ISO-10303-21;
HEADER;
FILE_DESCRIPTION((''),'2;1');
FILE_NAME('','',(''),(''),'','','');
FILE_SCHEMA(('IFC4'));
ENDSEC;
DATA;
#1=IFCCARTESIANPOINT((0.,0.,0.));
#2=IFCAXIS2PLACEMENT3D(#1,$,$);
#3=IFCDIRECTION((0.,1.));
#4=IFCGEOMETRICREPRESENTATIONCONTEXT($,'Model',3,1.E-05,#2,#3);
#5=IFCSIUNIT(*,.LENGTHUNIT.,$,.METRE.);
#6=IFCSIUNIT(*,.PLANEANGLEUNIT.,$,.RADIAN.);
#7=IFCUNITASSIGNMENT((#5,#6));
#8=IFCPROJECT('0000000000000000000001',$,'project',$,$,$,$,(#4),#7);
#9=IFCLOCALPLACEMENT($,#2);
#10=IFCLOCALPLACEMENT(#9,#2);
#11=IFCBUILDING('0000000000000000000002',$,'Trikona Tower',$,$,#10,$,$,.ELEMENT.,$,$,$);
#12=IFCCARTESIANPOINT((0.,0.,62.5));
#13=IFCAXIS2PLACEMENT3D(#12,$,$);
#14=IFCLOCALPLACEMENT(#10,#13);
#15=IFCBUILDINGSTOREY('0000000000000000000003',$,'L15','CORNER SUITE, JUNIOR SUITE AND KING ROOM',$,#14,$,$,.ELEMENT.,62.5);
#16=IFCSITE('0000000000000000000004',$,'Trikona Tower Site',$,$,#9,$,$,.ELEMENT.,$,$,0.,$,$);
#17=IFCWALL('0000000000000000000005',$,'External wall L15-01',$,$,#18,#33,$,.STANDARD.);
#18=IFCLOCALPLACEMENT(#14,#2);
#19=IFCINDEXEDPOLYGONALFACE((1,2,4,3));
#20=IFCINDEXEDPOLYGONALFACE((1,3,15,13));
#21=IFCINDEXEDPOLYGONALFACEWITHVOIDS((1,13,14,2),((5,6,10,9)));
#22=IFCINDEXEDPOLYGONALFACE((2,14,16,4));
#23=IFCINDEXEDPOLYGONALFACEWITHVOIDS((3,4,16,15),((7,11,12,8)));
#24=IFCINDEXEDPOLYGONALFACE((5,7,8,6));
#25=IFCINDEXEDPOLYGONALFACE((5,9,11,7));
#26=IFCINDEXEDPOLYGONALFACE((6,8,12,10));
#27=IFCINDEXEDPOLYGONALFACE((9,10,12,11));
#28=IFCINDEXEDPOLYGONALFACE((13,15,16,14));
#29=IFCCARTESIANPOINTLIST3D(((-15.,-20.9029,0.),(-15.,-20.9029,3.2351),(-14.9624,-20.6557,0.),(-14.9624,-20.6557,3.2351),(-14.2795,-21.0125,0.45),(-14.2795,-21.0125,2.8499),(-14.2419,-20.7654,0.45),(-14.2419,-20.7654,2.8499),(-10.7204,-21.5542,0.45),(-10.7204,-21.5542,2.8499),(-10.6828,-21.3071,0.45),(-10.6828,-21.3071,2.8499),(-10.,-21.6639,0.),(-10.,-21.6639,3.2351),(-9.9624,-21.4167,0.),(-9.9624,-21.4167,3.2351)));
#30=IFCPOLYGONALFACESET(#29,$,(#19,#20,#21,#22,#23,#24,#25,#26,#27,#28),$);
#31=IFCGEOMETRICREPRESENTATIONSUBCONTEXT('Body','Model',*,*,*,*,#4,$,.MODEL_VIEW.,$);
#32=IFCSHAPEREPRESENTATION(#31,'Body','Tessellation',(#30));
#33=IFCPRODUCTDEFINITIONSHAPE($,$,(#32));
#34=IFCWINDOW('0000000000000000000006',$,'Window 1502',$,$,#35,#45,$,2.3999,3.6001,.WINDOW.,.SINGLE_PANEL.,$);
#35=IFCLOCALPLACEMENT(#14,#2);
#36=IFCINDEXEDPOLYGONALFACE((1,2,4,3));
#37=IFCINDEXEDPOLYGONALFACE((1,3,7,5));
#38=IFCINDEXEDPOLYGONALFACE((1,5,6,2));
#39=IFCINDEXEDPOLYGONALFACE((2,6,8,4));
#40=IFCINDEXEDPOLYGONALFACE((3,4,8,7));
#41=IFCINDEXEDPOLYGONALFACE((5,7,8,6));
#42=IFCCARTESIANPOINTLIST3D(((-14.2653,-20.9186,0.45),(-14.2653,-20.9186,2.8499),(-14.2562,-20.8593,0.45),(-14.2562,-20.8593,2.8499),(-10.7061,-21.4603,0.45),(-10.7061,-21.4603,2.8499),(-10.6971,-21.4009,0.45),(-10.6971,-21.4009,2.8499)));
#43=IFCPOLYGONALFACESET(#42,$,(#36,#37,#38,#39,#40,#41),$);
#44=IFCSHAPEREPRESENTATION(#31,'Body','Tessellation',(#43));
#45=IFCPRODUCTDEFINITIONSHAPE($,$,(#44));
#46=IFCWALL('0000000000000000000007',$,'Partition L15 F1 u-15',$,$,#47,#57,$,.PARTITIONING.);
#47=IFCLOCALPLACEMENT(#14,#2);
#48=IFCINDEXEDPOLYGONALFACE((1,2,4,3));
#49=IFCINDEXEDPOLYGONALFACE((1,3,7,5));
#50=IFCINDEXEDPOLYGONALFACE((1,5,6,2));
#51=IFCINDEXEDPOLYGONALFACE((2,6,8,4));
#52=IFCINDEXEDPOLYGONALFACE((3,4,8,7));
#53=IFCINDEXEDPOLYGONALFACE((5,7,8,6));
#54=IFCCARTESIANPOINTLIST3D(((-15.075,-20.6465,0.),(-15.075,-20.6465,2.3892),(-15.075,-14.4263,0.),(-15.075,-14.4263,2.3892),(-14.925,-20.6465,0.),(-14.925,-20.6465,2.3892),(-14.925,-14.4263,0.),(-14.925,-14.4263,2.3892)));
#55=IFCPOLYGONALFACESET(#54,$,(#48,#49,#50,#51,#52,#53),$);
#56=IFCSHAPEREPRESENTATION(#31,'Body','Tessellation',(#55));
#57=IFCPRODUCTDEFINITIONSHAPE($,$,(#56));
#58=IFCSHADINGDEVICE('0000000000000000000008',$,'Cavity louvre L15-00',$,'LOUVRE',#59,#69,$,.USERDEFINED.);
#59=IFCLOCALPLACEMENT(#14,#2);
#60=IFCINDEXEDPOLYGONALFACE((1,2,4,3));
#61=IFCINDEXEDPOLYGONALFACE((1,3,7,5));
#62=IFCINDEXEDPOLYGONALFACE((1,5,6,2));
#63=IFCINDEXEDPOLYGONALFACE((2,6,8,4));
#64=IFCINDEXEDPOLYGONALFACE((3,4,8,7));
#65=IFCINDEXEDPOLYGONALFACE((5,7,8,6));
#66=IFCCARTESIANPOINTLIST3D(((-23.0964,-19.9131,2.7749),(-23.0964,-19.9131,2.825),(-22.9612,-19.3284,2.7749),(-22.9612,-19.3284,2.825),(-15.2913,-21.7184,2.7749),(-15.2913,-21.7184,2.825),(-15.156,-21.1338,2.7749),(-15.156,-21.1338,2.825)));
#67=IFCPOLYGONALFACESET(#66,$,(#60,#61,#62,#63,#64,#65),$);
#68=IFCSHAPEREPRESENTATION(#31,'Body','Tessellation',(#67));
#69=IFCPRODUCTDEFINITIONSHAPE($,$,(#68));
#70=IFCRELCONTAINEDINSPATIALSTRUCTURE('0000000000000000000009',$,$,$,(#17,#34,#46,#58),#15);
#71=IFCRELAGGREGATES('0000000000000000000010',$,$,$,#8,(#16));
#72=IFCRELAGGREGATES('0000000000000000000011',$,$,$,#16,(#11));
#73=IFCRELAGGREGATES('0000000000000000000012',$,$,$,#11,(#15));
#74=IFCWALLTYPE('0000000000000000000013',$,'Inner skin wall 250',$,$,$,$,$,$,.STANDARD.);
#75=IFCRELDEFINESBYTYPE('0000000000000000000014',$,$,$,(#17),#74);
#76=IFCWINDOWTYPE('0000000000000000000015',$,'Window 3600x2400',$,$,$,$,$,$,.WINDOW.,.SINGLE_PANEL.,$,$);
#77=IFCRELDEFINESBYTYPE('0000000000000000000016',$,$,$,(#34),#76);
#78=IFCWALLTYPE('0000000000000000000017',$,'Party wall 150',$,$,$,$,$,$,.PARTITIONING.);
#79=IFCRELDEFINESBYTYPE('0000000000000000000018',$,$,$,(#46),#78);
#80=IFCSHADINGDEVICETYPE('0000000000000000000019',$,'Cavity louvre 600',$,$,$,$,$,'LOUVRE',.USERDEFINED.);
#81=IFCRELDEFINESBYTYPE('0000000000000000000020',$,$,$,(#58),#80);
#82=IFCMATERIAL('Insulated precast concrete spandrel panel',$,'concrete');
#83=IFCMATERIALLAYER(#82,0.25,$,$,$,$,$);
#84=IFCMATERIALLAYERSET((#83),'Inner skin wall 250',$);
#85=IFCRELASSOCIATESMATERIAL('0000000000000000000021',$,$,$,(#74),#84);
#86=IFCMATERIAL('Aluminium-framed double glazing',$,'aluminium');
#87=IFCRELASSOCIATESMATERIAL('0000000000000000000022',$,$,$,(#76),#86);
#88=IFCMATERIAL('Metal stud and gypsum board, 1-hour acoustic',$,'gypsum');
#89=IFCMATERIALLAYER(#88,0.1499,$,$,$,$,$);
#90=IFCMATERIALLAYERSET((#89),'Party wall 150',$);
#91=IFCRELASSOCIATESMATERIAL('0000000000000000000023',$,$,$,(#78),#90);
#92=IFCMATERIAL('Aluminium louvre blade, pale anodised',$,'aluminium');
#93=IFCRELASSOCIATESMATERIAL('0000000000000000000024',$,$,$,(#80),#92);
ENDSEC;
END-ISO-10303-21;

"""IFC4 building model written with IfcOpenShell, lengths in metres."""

from ifc_helpers import new_model, si_unit, direction, frame, frame_2d, origin, origin_2d, place, context, subcontext, project, spatial, rectangle, extrude, material, layer, layer_set, type_object, element, fill, save


model = new_model("IFC4")

# Units and contexts
model_context = context("Model", 3, precision=1e-05, world=origin(), true_north=direction((0.0, 1.0)))
body_context = subcontext(model_context, "Body", "Model", "MODEL_VIEW")
ifc_project = project(units=[si_unit("LENGTHUNIT", "METRE"), si_unit("PLANEANGLEUNIT", "RADIAN")], contexts=[model_context])

# Site, building, storey
site_placement = place(None, origin())
site = spatial("IfcSite", under=ifc_project, at=site_placement, Name="Trikona Tower Site", CompositionType="ELEMENT", RefElevation=0.0)
building_placement = place(site_placement, origin())
building = spatial("IfcBuilding", under=site, at=building_placement, Name="Trikona Tower", CompositionType="ELEMENT")
storey_placement = place(building_placement, frame((0.0, 0.0, 62.5)))
storey = spatial("IfcBuildingStorey", under=building, at=storey_placement, Name="L15", Description="CORNER SUITE, JUNIOR SUITE AND KING ROOM", CompositionType="ELEMENT", Elevation=62.5)

# Wall, opening, window
ifc_material_1 = material(Name="Insulated precast concrete spandrel panel", Category="concrete")
ifc_layer_1 = layer(ifc_material_1, 0.25)
ifc_layer_set_1 = layer_set([ifc_layer_1], Name="Inner skin wall 250")
wall_type_1 = type_object("IfcWallType", Name="Inner skin wall 250", PredefinedType="STANDARD", material=ifc_layer_set_1)
wall_1_placement = place(storey_placement, frame((-14.9812, -20.7793, 0.0), z_axis=(0.0, 0.0, 1.0), x_axis=(0.988615, -0.150465, 0.0)))
wall_1 = element("IfcWall", 1, at=wall_1_placement, inside=storey, type_object=wall_type_1, Name="External wall L15-01", PredefinedType="STANDARD", context=body_context, shape_type="SweptSolid", body=[
    extrude(rectangle(XDim=5.0576, YDim=0.25, at=frame_2d((2.5288, 0.0))), origin(), (0.0, 0.0, 1.0), 3.2351),
])
opening_1_placement = place(wall_1_placement, frame((0.7288, 0.0, 0.45)))
opening_1 = element("IfcOpeningElement", 2, at=opening_1_placement, cuts=wall_1, PredefinedType="OPENING", context=body_context, shape_type="SweptSolid", body=[
    extrude(rectangle(XDim=3.6001, YDim=2.3999, at=frame_2d((1.8, 1.2))), frame((0.0, 0.135, 0.0), z_axis=(0.0, -1.0, 0.0), x_axis=(1.0, 0.0, 0.0)), (0.0, 0.0, 1.0), 0.27),
])
ifc_material_2 = material(Name="Aluminium-framed double glazing", Category="aluminium")
window_type = type_object("IfcWindowType", Name="Window 3600x2400", PartitioningType="SINGLE_PANEL", PredefinedType="WINDOW", material=ifc_material_2)
window_placement = place(opening_1_placement, origin())
window = element("IfcWindow", 3, at=window_placement, inside=storey, type_object=window_type, Name="Window 1502", OverallHeight=2.3999, OverallWidth=3.6001, PartitioningType="SINGLE_PANEL", PredefinedType="WINDOW", context=body_context, shape_type="SweptSolid", body=[
    extrude(rectangle(XDim=3.6001, YDim=2.3999, at=frame_2d((1.8, 1.2))), frame((0.0, 0.03, 0.0), z_axis=(0.0, -1.0, 0.0), x_axis=(1.0, 0.0, 0.0)), (0.0, 0.0, 1.0), 0.0601),
])
fill(opening_1, window)

# Wall
ifc_material_3 = material(Name="Metal stud and gypsum board, 1-hour acoustic", Category="gypsum")
ifc_layer_2 = layer(ifc_material_3, 0.1499)
ifc_layer_set_2 = layer_set([ifc_layer_2], Name="Party wall 150")
wall_type_2 = type_object("IfcWallType", Name="Party wall 150", PredefinedType="PARTITIONING", material=ifc_layer_set_2)
wall_2_placement = place(storey_placement, frame((-15.0, -14.4263, 0.0), z_axis=(0.0, 0.0, 1.0), x_axis=(0.0, -1.0, 0.0)))
element("IfcWall", 4, at=wall_2_placement, inside=storey, type_object=wall_type_2, Name="Partition L15 F1 u-15", PredefinedType="PARTITIONING", context=body_context, shape_type="SweptSolid", body=[
    extrude(rectangle(XDim=6.2202, YDim=0.1499, at=frame_2d((3.1101, 0.0))), origin(), (0.0, 0.0, 1.0), 2.3892),
])

# Shading device
ifc_material_4 = material(Name="Aluminium louvre blade, pale anodised", Category="aluminium")
shading_device_type = type_object("IfcShadingDeviceType", Name="Cavity louvre 600", ElementType="LOUVRE", PredefinedType="USERDEFINED", material=ifc_material_4)
shading_device_placement = place(storey_placement, frame((-19.1262, -20.5234, 2.7749), z_axis=(0.0, 0.0, 1.0), x_axis=(0.974278, -0.225351, 0.0)))
element("IfcShadingDevice", 5, at=shading_device_placement, inside=storey, type_object=shading_device_type, Name="Cavity louvre L15-00", ObjectType="LOUVRE", PredefinedType="USERDEFINED", context=body_context, shape_type="SweptSolid", body=[
    extrude(rectangle(XDim=8.0112, YDim=0.6001, at=origin_2d()), origin(), (0.0, 0.0, 1.0), 0.05),
])

save(model, "model.ifc")
